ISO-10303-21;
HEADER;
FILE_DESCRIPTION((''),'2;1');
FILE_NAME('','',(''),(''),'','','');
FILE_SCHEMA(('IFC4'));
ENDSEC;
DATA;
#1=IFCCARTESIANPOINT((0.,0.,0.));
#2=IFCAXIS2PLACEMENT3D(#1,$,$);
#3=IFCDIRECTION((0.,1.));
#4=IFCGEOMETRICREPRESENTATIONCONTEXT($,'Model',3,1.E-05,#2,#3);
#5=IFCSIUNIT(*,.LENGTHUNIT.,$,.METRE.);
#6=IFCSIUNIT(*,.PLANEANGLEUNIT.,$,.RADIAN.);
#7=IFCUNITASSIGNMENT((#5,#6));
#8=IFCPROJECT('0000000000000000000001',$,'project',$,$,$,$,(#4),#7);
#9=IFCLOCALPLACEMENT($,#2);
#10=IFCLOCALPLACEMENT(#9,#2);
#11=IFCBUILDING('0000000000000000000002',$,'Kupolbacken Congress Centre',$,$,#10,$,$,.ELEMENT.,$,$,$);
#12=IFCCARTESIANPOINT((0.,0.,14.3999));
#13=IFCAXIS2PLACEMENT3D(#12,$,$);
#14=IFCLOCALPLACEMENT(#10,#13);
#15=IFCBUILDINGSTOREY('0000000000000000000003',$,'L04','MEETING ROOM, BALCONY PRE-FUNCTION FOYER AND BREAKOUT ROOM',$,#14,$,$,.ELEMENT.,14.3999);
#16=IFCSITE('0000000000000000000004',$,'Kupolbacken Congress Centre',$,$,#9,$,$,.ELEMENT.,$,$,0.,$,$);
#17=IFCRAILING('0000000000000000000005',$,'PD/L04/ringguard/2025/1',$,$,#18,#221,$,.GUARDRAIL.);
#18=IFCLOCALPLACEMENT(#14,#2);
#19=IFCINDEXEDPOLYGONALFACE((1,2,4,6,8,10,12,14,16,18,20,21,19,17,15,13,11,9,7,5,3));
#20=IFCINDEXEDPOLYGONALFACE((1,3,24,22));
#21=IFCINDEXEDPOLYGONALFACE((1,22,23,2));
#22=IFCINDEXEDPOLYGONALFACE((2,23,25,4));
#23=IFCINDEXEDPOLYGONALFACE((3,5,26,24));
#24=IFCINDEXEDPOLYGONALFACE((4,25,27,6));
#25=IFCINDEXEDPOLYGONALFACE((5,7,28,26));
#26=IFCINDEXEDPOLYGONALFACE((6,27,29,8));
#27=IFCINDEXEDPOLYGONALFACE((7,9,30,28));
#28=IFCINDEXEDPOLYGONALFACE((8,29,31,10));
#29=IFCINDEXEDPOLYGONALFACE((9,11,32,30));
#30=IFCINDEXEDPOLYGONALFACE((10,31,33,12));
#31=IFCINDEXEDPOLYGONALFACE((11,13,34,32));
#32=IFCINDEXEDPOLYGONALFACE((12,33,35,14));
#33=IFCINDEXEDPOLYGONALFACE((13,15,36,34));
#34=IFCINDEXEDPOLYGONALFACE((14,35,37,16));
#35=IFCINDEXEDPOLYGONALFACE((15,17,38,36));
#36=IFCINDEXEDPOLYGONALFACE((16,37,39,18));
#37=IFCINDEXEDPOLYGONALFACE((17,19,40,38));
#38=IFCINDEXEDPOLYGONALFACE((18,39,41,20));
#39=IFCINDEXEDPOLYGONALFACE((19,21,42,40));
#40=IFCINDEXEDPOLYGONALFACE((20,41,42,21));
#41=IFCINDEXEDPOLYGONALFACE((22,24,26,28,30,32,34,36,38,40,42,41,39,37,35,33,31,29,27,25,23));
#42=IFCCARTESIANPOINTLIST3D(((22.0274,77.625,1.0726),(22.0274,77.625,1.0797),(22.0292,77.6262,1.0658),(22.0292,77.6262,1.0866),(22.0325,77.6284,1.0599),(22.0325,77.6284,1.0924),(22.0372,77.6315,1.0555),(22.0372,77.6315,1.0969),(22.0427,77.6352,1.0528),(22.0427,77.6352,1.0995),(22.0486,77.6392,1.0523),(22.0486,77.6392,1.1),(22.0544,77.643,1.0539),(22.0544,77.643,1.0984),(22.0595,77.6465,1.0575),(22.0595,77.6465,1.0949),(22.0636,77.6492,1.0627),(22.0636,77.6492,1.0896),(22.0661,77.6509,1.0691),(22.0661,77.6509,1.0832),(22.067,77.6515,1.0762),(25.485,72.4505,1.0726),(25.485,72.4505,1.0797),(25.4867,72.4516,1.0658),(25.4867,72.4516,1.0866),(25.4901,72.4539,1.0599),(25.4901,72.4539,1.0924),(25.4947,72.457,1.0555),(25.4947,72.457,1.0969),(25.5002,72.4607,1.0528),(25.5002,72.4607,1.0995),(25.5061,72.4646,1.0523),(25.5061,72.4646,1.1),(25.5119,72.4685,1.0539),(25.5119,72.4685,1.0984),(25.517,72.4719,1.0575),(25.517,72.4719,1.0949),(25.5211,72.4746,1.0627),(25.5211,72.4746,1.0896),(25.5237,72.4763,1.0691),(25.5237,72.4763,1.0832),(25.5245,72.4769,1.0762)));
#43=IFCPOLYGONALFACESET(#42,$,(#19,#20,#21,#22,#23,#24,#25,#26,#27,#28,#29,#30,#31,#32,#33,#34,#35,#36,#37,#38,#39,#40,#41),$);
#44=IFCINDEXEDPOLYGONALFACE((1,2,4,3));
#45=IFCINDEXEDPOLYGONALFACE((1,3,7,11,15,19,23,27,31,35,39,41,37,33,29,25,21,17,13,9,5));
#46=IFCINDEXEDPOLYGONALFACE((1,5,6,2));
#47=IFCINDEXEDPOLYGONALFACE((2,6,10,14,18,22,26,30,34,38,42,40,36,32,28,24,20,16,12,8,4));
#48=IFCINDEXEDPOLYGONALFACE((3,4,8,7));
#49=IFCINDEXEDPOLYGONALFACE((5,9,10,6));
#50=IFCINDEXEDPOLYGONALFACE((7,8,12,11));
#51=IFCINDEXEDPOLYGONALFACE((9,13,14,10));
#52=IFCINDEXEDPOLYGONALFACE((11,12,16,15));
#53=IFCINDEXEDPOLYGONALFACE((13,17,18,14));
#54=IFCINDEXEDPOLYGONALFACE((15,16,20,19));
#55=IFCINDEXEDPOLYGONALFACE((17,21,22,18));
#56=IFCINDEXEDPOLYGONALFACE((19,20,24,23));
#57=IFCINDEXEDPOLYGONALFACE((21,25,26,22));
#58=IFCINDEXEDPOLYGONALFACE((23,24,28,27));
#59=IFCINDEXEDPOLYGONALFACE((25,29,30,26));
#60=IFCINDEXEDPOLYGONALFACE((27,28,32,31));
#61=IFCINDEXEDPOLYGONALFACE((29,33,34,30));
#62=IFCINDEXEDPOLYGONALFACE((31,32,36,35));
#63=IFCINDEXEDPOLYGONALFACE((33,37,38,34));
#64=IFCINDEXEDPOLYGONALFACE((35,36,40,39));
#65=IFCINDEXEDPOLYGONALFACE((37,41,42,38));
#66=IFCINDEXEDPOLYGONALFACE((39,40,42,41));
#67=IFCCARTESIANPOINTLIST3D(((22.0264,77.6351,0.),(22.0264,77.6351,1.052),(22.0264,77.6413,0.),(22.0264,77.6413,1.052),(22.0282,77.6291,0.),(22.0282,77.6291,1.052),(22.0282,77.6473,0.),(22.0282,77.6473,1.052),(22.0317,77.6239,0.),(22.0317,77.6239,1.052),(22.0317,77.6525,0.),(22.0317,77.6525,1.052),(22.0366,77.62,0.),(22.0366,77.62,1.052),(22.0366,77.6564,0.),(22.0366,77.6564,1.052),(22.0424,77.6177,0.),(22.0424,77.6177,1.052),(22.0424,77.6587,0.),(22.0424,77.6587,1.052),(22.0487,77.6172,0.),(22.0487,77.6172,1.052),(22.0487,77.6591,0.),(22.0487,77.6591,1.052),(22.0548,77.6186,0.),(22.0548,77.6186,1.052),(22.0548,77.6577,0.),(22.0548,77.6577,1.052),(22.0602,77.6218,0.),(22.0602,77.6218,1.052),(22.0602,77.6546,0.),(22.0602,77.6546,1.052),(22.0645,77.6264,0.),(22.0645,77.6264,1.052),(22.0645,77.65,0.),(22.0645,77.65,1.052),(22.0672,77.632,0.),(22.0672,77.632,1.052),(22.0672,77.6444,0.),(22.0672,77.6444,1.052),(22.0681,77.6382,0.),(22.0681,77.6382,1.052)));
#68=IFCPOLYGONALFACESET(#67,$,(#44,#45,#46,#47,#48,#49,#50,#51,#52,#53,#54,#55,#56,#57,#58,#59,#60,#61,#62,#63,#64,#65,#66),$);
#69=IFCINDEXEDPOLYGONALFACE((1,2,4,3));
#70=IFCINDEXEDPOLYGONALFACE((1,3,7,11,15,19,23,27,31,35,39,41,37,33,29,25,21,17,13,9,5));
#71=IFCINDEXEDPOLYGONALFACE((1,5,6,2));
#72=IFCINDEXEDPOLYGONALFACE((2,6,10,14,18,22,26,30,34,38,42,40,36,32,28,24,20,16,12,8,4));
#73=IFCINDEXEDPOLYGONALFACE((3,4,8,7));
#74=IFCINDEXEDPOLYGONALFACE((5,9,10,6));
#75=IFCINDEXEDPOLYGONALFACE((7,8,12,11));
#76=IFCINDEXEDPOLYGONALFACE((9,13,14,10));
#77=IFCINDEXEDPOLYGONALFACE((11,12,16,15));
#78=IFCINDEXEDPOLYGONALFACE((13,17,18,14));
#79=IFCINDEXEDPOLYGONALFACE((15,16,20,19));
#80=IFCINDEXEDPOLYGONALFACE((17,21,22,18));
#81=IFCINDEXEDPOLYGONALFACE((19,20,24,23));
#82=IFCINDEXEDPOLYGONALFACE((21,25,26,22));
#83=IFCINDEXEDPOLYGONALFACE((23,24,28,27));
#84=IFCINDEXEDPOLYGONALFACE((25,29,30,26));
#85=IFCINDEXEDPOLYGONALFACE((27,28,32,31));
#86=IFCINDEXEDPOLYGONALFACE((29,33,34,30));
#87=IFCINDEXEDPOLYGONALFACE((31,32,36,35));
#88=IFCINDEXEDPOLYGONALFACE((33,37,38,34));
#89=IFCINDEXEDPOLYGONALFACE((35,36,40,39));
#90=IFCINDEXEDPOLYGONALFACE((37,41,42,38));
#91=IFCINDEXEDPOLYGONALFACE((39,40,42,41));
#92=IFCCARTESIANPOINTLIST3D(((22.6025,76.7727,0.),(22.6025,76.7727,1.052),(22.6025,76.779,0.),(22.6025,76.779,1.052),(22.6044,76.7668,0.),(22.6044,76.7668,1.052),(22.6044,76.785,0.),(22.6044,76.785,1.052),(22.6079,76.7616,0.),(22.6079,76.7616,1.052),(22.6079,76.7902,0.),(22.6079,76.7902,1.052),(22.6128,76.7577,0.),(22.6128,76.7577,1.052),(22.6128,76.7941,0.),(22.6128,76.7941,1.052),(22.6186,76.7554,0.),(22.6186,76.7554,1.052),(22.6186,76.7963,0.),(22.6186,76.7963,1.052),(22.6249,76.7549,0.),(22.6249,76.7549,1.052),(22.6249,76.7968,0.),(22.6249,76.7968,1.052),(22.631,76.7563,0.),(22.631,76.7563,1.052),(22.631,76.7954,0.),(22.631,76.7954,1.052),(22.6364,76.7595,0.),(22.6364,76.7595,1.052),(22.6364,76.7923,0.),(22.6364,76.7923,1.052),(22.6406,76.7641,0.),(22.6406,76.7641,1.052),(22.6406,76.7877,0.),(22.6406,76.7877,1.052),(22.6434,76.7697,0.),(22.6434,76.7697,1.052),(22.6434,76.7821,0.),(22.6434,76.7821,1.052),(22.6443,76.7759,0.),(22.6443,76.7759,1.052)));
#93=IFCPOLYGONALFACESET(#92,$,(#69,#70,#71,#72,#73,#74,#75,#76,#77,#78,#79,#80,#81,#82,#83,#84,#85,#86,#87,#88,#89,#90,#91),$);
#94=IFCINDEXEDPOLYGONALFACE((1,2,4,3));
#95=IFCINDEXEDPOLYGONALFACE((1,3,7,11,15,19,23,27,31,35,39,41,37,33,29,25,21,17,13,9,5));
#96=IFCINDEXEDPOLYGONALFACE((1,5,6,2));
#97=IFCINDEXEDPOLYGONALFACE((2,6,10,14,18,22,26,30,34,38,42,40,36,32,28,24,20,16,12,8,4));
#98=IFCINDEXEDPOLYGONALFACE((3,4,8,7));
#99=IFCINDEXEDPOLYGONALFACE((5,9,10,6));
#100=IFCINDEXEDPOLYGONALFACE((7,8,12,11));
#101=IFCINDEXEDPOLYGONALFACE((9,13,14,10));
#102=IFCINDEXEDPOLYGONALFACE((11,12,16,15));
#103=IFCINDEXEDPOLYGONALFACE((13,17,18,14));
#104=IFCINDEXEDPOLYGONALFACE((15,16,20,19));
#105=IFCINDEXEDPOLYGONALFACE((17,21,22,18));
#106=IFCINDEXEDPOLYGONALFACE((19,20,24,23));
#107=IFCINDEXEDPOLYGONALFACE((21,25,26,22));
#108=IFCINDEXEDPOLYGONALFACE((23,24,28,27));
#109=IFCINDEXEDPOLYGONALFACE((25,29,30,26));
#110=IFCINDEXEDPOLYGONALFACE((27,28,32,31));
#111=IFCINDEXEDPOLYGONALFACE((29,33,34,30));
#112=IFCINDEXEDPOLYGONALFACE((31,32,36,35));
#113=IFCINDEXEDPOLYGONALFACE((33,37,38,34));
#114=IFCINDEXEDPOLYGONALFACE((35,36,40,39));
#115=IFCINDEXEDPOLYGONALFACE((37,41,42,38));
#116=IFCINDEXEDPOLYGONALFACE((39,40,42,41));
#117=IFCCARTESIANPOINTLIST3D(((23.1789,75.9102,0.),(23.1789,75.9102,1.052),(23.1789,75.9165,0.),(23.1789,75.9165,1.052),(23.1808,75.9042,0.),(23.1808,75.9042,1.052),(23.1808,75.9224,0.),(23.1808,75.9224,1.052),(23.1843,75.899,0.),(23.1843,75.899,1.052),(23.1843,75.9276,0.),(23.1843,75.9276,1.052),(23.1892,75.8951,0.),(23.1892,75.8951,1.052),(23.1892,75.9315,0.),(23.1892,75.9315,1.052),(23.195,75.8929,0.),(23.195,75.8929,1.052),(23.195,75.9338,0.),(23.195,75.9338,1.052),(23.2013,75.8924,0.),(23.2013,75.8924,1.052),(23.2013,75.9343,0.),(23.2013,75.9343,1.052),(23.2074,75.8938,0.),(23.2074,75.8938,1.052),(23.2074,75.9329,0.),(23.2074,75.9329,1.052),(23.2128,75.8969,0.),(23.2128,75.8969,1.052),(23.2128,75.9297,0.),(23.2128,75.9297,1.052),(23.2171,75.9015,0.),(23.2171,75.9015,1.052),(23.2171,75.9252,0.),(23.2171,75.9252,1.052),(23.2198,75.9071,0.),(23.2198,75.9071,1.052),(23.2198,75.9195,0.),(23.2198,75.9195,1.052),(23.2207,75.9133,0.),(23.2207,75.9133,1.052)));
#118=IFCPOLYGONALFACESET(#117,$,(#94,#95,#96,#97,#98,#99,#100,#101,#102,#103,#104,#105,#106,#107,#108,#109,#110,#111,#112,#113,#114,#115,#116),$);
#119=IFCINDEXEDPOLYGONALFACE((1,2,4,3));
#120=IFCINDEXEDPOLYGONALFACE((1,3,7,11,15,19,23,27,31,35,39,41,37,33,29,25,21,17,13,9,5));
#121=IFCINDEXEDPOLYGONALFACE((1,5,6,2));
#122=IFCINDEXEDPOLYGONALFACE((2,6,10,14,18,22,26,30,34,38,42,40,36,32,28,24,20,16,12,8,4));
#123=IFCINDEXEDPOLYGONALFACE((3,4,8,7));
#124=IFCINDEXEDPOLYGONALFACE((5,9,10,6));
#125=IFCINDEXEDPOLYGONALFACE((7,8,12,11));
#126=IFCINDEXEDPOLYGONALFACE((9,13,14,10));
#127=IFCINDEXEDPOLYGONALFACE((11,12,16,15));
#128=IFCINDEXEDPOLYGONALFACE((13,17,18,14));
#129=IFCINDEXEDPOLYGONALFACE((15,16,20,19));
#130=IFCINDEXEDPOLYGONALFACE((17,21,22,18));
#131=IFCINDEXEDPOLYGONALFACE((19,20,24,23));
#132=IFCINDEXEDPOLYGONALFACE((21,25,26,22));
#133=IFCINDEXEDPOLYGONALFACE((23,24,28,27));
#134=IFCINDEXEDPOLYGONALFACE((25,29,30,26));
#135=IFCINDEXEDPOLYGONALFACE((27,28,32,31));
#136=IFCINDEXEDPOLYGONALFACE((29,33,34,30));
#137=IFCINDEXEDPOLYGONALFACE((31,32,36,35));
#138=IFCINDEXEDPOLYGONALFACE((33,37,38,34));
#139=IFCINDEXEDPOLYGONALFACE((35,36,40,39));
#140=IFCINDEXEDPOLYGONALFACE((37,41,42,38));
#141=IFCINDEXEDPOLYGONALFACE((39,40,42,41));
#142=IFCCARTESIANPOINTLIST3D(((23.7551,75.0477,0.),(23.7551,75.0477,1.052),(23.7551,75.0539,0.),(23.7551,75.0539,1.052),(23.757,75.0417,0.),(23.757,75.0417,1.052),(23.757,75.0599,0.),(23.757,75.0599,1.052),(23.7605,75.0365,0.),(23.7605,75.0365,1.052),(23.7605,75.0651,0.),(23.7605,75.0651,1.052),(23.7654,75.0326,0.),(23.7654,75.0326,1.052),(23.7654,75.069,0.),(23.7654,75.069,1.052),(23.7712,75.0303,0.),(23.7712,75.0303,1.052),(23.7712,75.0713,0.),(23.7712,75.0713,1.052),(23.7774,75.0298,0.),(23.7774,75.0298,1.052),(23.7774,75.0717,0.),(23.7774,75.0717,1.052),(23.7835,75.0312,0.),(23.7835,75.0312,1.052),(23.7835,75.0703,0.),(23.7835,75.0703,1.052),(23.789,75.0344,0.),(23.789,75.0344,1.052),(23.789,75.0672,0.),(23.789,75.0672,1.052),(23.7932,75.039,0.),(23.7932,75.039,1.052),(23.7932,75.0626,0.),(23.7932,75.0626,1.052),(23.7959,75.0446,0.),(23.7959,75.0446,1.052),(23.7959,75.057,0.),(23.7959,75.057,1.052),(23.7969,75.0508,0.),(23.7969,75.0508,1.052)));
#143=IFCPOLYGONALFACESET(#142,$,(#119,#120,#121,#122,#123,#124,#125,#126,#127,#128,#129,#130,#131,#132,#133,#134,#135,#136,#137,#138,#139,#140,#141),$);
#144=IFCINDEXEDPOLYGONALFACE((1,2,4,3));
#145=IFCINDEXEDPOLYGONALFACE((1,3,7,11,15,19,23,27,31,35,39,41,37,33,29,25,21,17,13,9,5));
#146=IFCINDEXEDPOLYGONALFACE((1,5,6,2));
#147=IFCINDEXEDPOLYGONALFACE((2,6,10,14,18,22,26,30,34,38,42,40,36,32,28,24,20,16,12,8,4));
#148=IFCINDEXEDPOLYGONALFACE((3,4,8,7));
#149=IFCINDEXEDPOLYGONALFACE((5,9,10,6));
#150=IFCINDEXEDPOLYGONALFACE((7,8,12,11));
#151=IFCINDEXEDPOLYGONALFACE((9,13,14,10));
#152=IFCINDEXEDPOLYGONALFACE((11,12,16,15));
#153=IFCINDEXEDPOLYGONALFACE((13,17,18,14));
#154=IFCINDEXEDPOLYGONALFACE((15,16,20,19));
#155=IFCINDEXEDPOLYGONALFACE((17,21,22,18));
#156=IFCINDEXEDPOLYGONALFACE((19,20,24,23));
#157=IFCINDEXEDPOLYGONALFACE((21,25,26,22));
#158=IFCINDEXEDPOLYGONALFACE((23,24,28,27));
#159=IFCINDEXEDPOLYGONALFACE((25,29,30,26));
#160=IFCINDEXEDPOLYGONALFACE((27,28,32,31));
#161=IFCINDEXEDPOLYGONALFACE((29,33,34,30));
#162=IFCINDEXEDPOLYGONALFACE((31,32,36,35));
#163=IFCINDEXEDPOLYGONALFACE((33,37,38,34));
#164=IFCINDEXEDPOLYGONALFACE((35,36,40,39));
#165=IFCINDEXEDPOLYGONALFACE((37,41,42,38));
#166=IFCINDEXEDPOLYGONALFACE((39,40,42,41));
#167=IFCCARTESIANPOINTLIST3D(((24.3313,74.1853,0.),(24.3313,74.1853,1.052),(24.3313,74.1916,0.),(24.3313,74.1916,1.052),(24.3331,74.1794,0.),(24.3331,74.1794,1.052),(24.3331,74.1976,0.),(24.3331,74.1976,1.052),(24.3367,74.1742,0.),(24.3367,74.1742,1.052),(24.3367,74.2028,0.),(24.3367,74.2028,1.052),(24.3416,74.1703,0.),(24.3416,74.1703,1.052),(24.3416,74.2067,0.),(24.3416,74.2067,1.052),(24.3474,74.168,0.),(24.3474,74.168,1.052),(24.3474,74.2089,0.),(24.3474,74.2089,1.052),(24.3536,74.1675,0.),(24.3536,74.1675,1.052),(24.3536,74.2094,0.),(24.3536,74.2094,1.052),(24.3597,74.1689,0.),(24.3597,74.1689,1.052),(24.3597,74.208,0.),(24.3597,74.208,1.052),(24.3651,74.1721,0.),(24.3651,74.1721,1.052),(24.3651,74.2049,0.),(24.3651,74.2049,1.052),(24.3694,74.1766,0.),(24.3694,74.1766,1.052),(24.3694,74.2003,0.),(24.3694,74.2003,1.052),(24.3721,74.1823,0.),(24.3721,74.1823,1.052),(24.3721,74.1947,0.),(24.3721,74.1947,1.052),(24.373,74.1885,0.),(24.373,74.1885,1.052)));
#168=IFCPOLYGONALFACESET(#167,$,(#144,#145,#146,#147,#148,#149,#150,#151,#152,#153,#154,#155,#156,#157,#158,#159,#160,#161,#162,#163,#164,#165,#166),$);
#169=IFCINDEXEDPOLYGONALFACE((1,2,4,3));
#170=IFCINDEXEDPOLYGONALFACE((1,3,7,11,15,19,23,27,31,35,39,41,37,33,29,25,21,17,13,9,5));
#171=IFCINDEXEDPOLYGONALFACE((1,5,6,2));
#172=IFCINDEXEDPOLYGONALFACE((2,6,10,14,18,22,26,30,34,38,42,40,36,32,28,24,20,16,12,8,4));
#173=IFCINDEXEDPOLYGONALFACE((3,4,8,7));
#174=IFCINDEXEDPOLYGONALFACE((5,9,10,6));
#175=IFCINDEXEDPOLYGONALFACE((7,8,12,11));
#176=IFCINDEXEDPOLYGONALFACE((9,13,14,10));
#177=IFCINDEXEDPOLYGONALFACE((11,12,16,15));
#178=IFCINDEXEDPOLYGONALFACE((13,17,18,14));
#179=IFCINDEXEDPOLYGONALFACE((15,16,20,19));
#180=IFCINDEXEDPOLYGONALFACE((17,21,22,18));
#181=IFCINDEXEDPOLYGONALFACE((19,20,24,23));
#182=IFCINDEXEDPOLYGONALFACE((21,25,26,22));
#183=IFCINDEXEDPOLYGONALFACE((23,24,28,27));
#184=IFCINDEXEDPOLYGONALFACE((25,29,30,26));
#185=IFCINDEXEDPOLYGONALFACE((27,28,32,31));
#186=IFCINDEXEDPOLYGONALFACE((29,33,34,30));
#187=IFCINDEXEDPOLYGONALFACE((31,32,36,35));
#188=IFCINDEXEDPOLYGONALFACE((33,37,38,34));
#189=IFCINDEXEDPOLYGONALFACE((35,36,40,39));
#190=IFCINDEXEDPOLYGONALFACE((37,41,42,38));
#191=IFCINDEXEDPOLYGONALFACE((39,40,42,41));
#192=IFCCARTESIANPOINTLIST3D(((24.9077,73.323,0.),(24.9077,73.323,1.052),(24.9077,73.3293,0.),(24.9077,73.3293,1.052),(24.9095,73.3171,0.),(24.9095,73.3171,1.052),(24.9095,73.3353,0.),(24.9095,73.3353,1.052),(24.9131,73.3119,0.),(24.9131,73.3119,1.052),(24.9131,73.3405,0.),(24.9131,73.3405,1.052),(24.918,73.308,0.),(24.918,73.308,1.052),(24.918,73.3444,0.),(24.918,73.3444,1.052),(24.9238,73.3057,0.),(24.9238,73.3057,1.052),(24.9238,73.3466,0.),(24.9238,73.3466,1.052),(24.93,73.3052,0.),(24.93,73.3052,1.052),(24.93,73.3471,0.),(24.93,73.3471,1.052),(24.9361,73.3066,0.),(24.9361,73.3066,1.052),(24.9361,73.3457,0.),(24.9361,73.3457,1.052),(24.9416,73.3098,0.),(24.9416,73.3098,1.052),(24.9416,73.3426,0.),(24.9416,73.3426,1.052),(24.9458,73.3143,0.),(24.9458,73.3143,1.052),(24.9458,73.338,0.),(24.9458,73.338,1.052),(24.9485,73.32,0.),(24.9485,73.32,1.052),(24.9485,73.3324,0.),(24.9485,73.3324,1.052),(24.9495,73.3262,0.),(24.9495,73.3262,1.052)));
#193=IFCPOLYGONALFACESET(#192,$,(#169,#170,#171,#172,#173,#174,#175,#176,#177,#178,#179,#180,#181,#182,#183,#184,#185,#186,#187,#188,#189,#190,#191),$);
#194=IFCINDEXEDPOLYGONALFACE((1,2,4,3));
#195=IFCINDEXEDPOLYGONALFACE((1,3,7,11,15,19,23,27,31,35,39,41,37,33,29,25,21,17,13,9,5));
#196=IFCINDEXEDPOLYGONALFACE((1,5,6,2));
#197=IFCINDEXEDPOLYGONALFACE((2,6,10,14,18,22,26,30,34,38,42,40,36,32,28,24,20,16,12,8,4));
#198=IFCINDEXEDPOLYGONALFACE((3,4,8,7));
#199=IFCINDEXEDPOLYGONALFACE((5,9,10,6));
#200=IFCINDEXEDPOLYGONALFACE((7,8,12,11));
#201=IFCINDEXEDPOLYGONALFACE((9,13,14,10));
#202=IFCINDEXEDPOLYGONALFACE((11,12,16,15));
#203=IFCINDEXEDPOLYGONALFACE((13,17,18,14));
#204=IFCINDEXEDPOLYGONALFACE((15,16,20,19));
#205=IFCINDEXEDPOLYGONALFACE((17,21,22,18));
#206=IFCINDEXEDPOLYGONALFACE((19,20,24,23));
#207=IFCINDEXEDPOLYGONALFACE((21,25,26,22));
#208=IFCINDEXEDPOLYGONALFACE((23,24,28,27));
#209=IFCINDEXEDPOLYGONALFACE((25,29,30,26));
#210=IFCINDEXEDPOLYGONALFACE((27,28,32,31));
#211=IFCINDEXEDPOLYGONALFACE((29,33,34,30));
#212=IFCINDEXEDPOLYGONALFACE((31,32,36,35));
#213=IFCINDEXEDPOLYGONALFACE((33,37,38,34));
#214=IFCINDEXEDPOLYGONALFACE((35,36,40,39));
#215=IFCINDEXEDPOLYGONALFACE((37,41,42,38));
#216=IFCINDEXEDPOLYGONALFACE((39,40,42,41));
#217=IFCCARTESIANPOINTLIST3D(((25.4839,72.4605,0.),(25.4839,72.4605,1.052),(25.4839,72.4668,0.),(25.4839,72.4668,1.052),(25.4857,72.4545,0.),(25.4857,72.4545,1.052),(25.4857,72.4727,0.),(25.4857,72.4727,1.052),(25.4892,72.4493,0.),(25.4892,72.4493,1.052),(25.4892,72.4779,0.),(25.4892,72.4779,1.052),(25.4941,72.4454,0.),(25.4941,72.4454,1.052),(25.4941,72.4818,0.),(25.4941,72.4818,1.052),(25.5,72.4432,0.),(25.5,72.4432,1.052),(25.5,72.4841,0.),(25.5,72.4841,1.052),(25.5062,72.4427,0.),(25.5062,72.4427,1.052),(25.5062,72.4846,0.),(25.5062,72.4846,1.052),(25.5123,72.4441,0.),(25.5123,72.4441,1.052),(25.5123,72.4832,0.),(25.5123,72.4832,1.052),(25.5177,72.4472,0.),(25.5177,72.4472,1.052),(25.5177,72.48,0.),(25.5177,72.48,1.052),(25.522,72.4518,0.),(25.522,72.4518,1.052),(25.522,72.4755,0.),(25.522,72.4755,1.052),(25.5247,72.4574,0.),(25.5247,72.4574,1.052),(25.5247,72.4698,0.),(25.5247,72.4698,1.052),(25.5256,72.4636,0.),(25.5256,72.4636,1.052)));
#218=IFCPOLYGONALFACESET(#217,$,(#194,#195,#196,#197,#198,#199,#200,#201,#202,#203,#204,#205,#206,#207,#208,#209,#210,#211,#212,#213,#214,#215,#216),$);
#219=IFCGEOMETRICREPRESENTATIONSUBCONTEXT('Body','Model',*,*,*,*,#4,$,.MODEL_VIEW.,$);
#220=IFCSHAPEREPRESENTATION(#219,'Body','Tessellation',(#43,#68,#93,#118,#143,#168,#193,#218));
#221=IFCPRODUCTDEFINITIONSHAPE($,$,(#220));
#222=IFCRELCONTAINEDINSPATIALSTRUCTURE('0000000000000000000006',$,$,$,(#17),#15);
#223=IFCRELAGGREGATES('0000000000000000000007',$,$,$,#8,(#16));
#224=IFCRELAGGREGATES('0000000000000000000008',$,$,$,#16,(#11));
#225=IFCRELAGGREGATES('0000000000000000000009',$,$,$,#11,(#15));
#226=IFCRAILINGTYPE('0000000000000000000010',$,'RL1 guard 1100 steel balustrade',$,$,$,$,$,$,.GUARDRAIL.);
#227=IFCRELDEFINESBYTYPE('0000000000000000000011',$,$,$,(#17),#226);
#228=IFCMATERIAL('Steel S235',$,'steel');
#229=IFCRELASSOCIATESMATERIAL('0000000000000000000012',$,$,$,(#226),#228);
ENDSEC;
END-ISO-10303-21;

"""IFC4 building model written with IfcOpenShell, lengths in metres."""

from ifc_helpers import new_model, si_unit, direction, frame, origin, origin_2d, place, context, subcontext, project, spatial, circle, extrude, material, type_object, element, save


model = new_model("IFC4")

# Units and contexts
model_context = context("Model", 3, precision=1e-05, world=origin(), true_north=direction((0.0, 1.0)))
body_context = subcontext(model_context, "Body", "Model", "MODEL_VIEW")
ifc_project = project(units=[si_unit("LENGTHUNIT", "METRE"), si_unit("PLANEANGLEUNIT", "RADIAN")], contexts=[model_context])

# Site, building, storey
site_placement = place(None, origin())
site = spatial("IfcSite", under=ifc_project, at=site_placement, Name="Kupolbacken Congress Centre", CompositionType="ELEMENT", RefElevation=0.0)
building_placement = place(site_placement, origin())
building = spatial("IfcBuilding", under=site, at=building_placement, Name="Kupolbacken Congress Centre", CompositionType="ELEMENT")
storey_placement = place(building_placement, frame((0.0, 0.0, 14.3999)))
storey = spatial("IfcBuildingStorey", under=building, at=storey_placement, Name="L04", Description="MEETING ROOM, BALCONY PRE-FUNCTION FOYER AND BREAKOUT ROOM", CompositionType="ELEMENT", Elevation=14.3999)

# Railing
ifc_material_1 = material(Name="Steel S235", Category="steel")
railing_type = type_object("IfcRailingType", Name="RL1 guard 1100 steel balustrade", PredefinedType="GUARDRAIL", material=ifc_material_1)
railing_1_placement = place(storey_placement, frame((22.0471, 77.6382, 0.0)))
element("IfcRailing", 1, at=railing_1_placement, inside=storey, type_object=railing_type, Name="PD/L04/ringguard/2025/1", PredefinedType="GUARDRAIL", context=body_context, shape_type="SweptSolid", body=[
    extrude(circle(Radius=0.0239, at=origin_2d()), frame((0.0, 0.0, 1.0762), z_axis=(0.555569, -0.83147, 0.0), x_axis=(0.83147, 0.555569, 0.0)), (0.0, 0.0, 1.0), 6.2234),
    extrude(circle(Radius=0.021, at=origin_2d()), origin(), (0.0, 0.0, 1.0), 1.052),
    extrude(circle(Radius=0.021, at=origin_2d()), frame((0.5762, -0.8623, 0.0)), (0.0, 0.0, 1.0), 1.052),
    extrude(circle(Radius=0.021, at=origin_2d()), frame((1.1526, -1.7249, 0.0)), (0.0, 0.0, 1.0), 1.052),
    extrude(circle(Radius=0.021, at=origin_2d()), frame((1.7288, -2.5874, 0.0)), (0.0, 0.0, 1.0), 1.052),
    extrude(circle(Radius=0.021, at=origin_2d()), frame((2.3049, -3.4497, 0.0)), (0.0, 0.0, 1.0), 1.052),
    extrude(circle(Radius=0.021, at=origin_2d()), frame((2.8813, -4.312, 0.0)), (0.0, 0.0, 1.0), 1.052),
    extrude(circle(Radius=0.021, at=origin_2d()), frame((3.4575, -5.1746, 0.0)), (0.0, 0.0, 1.0), 1.052),
])

save(model, "model.ifc")
